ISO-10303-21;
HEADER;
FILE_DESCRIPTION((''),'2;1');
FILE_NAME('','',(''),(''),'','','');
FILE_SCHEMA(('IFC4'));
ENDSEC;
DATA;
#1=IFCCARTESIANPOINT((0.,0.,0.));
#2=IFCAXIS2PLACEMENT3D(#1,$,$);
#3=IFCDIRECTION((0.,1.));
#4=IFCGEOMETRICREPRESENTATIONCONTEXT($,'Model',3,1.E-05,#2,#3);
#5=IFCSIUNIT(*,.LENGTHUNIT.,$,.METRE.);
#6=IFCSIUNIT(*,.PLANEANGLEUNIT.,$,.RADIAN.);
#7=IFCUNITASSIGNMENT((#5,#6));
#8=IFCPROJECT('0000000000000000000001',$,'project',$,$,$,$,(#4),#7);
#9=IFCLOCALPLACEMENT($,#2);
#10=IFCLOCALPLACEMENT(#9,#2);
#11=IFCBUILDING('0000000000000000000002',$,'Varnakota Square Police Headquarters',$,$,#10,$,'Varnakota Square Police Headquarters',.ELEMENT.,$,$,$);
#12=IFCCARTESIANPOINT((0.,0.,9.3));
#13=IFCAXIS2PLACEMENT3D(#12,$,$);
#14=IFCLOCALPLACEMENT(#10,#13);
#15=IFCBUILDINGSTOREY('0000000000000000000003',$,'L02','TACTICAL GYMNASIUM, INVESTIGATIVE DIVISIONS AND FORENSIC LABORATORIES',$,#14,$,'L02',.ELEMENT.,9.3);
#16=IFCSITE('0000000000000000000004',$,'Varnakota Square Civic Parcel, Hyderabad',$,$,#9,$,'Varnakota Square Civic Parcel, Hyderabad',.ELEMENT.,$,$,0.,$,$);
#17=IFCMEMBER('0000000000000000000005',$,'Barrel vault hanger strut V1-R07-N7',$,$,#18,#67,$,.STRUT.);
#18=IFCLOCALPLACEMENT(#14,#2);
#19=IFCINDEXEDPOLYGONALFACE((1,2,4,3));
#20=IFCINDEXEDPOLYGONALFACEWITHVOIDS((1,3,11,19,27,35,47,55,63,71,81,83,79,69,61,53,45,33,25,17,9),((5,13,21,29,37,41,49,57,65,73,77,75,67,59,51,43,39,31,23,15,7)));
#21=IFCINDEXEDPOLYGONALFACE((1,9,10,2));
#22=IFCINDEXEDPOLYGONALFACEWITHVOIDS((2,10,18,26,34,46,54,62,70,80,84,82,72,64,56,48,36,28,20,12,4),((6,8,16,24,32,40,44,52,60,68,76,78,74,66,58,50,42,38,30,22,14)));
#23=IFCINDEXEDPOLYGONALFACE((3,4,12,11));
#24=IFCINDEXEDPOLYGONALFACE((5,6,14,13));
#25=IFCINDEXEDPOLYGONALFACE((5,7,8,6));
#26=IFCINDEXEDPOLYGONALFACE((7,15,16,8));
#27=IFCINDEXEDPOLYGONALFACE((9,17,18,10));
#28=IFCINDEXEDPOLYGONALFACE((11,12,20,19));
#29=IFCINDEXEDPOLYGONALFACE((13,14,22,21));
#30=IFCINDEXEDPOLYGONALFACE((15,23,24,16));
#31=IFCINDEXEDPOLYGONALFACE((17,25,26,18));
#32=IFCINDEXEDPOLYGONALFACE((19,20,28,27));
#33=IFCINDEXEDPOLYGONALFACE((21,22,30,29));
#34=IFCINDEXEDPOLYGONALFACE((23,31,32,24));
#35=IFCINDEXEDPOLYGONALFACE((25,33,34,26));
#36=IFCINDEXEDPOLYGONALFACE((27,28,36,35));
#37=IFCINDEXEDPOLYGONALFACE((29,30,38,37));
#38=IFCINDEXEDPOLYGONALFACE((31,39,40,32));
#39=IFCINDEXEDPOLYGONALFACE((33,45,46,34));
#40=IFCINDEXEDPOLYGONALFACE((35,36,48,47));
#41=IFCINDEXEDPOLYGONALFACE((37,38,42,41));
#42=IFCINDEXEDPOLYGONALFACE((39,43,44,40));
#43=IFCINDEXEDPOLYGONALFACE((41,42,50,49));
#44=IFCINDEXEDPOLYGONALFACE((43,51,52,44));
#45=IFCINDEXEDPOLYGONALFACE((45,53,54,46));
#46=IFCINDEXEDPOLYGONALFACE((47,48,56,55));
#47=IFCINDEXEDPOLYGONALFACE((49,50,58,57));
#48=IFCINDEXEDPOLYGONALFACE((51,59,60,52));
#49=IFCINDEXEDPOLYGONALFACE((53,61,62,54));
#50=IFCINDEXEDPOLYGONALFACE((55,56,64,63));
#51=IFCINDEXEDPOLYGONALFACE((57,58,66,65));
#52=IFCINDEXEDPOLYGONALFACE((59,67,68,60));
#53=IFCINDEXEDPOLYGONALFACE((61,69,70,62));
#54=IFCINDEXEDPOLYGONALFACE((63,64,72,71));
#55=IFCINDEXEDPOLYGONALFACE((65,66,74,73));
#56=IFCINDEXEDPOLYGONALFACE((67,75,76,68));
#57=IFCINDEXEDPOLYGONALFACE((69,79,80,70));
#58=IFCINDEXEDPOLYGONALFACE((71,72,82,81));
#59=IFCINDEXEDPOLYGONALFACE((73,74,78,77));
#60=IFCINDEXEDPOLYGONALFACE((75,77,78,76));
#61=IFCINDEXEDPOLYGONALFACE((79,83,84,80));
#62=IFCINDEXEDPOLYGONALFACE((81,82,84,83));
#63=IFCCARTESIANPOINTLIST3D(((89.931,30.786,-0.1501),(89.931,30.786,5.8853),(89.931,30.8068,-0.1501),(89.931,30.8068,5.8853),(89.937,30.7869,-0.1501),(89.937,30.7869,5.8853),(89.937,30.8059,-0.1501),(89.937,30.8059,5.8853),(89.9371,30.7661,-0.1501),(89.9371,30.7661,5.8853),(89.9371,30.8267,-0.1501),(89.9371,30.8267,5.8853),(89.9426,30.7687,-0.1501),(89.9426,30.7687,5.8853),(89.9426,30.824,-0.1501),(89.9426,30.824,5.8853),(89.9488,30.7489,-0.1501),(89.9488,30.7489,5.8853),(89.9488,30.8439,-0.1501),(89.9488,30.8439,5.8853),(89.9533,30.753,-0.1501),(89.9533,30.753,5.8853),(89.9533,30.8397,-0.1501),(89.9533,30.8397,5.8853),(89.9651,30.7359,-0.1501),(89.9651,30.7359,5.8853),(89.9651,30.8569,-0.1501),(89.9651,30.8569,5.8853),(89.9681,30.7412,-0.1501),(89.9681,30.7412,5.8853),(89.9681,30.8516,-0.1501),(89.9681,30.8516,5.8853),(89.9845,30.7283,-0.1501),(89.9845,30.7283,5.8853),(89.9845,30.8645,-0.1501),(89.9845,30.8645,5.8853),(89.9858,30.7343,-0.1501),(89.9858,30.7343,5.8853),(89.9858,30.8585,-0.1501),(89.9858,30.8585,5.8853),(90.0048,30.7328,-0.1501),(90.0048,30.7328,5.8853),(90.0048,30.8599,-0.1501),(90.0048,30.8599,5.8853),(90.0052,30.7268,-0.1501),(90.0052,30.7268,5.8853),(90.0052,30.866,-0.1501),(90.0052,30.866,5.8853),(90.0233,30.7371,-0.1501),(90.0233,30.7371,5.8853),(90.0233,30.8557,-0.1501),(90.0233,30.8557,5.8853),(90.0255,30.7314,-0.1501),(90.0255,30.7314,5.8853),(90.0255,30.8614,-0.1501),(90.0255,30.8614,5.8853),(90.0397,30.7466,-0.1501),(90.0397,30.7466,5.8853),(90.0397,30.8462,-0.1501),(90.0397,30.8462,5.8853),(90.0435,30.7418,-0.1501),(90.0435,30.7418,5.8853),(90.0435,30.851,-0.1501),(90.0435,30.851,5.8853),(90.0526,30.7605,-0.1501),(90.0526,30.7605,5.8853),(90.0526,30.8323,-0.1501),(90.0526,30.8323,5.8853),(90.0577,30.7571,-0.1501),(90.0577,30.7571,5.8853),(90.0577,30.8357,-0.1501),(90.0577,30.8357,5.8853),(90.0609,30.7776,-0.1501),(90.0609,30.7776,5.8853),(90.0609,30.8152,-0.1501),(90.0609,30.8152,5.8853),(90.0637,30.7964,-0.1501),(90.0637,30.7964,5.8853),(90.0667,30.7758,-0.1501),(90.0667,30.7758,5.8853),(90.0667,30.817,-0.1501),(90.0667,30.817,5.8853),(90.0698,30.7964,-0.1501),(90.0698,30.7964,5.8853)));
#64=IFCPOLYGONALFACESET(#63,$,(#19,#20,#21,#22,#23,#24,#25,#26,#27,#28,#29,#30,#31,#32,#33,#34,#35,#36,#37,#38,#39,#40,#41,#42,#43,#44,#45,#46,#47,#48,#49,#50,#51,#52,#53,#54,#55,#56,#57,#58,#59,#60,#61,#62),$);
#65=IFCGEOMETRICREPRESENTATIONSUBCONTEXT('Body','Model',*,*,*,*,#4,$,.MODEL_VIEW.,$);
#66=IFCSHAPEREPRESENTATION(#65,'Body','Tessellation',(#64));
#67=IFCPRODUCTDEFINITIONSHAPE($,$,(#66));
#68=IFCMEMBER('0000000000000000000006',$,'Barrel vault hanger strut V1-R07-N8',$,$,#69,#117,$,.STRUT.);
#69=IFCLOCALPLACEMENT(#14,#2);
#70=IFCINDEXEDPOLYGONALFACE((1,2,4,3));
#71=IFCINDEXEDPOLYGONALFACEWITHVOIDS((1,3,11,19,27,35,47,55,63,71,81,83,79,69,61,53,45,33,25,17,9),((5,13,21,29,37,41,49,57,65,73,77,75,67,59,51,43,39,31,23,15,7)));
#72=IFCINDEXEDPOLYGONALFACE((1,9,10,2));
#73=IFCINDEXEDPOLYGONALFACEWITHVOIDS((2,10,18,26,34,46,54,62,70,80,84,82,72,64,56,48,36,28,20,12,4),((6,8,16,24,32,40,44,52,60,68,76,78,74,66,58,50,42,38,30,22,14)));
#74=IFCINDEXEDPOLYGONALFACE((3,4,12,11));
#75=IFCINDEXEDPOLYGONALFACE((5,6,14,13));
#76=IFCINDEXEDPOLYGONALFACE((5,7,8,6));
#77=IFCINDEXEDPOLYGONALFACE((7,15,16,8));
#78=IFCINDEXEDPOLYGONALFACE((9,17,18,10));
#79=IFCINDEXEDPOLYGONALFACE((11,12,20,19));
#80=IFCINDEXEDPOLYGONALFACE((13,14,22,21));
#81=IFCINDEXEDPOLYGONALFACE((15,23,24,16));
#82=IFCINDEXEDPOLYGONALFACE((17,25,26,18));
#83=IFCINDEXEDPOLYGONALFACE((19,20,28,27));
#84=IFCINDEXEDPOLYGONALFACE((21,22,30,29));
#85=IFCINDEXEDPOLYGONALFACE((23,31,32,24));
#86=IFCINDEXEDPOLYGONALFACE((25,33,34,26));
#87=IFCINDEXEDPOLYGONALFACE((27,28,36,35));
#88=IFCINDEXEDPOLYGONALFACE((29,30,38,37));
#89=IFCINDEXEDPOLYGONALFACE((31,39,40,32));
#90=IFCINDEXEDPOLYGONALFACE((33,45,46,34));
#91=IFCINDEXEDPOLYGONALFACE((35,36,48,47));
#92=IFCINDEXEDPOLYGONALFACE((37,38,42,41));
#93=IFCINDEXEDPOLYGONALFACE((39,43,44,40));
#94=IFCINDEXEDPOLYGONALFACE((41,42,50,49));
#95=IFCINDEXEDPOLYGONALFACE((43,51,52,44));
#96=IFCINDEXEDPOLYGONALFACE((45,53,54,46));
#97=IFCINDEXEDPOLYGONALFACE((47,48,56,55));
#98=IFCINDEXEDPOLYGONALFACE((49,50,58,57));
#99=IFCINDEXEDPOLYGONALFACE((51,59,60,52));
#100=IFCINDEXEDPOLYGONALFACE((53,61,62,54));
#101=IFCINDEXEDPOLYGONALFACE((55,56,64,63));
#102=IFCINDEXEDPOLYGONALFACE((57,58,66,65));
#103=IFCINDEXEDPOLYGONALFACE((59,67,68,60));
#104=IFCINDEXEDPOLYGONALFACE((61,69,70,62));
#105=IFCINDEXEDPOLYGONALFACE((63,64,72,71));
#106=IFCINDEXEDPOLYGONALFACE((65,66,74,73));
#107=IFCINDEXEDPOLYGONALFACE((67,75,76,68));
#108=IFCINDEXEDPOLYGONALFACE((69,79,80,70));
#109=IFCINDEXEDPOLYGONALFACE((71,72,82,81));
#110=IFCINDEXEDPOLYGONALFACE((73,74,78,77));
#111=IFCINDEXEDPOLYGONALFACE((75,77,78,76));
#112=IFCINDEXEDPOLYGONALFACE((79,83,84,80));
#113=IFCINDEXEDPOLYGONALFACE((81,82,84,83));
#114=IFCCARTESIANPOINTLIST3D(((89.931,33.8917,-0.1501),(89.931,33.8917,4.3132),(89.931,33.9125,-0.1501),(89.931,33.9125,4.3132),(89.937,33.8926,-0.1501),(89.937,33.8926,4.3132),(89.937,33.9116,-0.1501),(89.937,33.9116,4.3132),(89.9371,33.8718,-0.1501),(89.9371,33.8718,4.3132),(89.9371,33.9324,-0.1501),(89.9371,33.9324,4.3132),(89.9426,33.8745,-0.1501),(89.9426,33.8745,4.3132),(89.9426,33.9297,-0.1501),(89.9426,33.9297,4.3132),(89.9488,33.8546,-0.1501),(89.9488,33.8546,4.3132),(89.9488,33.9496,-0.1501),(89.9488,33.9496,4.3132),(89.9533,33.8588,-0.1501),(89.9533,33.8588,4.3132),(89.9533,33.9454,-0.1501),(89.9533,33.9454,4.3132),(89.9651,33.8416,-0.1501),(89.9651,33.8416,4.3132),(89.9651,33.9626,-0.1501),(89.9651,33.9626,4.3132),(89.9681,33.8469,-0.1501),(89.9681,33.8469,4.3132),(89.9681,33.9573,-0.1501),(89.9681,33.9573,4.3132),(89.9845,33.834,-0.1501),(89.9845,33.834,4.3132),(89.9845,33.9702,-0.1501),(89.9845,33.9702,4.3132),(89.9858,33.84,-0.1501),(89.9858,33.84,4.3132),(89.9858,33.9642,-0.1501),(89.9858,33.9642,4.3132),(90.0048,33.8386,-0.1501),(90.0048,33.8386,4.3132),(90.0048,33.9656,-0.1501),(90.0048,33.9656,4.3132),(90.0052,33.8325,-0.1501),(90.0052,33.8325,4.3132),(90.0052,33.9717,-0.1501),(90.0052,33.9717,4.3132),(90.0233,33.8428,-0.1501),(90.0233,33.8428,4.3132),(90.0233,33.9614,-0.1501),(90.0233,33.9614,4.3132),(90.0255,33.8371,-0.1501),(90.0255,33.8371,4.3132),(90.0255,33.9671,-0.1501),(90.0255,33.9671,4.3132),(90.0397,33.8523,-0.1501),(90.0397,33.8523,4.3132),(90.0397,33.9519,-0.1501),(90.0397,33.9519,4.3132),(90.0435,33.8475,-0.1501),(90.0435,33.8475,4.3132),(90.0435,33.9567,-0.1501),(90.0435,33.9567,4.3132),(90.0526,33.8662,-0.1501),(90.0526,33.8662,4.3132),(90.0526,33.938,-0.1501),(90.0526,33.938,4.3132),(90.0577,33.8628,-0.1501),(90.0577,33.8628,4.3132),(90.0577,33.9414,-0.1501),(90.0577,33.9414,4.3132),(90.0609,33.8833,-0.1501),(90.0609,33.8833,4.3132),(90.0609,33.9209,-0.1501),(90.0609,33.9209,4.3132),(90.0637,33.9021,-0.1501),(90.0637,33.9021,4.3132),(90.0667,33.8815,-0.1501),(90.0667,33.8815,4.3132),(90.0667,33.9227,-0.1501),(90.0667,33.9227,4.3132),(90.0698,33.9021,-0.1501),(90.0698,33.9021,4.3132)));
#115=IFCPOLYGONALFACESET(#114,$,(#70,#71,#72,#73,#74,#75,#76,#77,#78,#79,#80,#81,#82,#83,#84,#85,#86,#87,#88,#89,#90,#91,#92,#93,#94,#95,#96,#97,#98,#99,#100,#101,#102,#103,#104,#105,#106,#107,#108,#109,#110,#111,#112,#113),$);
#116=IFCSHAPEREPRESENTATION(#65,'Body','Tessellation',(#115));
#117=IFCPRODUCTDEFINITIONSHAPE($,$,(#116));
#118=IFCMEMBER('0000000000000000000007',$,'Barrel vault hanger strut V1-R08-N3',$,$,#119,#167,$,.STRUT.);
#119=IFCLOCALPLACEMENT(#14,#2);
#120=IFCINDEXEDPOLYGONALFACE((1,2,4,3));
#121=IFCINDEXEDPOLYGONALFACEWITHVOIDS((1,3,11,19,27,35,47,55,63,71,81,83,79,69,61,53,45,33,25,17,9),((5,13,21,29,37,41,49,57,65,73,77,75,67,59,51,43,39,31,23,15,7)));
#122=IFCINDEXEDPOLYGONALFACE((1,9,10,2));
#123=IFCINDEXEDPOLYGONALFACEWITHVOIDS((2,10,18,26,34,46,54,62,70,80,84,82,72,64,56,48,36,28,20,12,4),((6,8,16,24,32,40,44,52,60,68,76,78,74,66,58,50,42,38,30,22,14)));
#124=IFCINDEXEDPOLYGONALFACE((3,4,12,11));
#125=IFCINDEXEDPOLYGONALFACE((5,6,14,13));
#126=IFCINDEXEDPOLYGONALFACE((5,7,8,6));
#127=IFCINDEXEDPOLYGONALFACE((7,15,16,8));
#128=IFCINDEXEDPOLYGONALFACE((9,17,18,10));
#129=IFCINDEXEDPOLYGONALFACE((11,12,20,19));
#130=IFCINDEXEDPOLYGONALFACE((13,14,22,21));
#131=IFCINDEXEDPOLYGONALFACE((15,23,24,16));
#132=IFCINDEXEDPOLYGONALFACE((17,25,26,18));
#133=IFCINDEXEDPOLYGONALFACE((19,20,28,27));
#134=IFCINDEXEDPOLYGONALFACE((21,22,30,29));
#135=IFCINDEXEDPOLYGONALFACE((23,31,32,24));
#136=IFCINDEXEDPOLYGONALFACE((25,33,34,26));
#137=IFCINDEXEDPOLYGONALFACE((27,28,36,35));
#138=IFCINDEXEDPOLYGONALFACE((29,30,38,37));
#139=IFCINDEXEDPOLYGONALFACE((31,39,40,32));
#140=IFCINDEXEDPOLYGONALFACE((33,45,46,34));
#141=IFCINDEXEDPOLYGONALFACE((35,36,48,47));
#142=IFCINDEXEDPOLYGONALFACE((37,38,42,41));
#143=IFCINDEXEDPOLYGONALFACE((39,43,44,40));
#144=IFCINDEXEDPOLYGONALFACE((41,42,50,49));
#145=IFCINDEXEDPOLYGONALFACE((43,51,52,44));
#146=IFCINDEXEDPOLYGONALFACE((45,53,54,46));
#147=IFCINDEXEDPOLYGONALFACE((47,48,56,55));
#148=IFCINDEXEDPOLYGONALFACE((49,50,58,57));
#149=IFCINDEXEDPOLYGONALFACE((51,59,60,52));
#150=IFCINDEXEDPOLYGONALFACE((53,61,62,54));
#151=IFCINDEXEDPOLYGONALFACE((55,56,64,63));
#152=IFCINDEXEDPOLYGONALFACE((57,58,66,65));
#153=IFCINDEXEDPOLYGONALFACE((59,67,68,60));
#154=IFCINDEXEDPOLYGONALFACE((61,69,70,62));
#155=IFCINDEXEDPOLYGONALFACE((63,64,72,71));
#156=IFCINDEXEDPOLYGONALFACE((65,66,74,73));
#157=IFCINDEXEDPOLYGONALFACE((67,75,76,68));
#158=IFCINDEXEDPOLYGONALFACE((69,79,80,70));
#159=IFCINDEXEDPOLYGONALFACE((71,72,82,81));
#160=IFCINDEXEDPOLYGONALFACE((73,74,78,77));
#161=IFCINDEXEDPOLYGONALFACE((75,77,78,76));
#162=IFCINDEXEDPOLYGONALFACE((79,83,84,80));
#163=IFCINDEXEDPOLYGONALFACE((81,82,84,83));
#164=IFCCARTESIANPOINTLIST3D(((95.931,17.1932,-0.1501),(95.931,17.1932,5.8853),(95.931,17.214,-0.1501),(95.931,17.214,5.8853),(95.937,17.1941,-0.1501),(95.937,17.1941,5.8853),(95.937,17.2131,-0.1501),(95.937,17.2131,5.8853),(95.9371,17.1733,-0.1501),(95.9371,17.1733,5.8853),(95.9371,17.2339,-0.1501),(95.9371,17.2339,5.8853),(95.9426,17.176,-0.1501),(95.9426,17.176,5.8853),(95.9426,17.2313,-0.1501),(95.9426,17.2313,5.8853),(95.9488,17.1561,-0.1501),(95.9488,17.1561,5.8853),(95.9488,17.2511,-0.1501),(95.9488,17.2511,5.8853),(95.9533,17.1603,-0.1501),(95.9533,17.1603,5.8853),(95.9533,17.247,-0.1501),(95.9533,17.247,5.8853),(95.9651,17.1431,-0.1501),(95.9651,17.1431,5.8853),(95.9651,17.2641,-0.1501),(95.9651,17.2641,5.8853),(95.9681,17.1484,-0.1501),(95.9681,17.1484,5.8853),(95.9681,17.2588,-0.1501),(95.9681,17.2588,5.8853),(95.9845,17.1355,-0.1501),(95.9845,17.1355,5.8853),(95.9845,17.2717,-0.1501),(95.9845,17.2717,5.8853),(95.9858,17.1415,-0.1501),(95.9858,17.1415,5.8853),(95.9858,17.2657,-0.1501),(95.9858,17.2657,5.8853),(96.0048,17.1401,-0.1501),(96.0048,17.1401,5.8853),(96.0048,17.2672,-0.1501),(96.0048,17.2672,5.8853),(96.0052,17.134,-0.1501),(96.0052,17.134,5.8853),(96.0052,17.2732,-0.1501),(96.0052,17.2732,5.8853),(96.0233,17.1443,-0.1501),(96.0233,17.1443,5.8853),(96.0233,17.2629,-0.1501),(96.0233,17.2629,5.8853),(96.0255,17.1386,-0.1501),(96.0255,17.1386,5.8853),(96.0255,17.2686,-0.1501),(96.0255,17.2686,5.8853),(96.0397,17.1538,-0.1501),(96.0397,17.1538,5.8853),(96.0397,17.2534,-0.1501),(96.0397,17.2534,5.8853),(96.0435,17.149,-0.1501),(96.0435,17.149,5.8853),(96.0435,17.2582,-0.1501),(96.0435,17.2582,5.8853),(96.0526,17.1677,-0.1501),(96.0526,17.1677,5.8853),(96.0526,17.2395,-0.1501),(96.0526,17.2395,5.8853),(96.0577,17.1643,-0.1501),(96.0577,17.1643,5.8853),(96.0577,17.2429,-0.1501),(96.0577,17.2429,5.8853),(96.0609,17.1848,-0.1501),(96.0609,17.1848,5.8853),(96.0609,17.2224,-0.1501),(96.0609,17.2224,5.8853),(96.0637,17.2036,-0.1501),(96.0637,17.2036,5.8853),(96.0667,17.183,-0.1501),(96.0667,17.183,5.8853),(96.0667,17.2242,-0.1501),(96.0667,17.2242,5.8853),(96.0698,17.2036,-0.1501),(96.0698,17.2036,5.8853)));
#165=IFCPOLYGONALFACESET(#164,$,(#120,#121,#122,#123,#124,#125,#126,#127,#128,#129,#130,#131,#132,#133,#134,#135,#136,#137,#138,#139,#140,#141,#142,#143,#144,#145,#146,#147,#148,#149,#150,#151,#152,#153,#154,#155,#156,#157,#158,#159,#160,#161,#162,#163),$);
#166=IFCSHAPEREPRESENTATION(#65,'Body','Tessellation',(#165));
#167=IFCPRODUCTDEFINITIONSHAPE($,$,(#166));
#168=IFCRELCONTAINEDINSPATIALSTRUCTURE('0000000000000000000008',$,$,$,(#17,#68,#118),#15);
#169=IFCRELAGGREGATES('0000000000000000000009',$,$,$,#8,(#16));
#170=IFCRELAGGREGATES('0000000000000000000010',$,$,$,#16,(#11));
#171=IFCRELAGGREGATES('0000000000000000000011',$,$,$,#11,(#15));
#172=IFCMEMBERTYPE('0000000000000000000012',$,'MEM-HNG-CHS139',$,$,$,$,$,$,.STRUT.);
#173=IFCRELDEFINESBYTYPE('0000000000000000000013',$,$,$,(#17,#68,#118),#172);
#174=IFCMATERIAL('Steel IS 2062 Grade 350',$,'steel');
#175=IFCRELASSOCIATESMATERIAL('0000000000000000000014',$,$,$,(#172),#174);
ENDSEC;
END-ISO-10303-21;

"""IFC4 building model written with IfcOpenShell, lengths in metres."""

from ifc_helpers import new_model, si_unit, direction, frame, origin, origin_2d, place, context, subcontext, project, spatial, hollow_circle, extrude, material, material_profile, profile_set, type_object, element, save


model = new_model("IFC4")

# Units and contexts
model_context = context("Model", 3, precision=1e-05, world=origin(), true_north=direction((0.0, 1.0)))
body_context = subcontext(model_context, "Body", "Model", "MODEL_VIEW")
ifc_project = project(units=[si_unit("LENGTHUNIT", "METRE"), si_unit("PLANEANGLEUNIT", "RADIAN")], contexts=[model_context])

# Site, building, storey
site_placement = place(None, origin())
site = spatial("IfcSite", under=ifc_project, at=site_placement, Name="Varnakota Square Civic Parcel, Hyderabad", LongName="Varnakota Square Civic Parcel, Hyderabad", CompositionType="ELEMENT", RefElevation=0.0)
building_placement = place(site_placement, origin())
building = spatial("IfcBuilding", under=site, at=building_placement, Name="Varnakota Square Police Headquarters", LongName="Varnakota Square Police Headquarters", CompositionType="ELEMENT")
storey_placement = place(building_placement, frame((0.0, 0.0, 9.3)))
storey = spatial("IfcBuildingStorey", under=building, at=storey_placement, Name="L02", Description="TACTICAL GYMNASIUM, INVESTIGATIVE DIVISIONS AND FORENSIC LABORATORIES", LongName="L02", CompositionType="ELEMENT", Elevation=9.3)

# Shared definitions
ifc_material_1 = material(Name="Steel IS 2062 Grade 350", Category="steel")

# Members
ifc_material_profile_1 = material_profile(ifc_material_1, hollow_circle(Radius=0.0698, WallThickness=0.0061, at=origin_2d()), Name="CHS 139.7x6.0")
ifc_profile_set_1 = profile_set([ifc_material_profile_1], Name="Steel IS 2062 Grade 350")
member_type_1 = type_object("IfcMemberType", Name="MEM-HNG-CHS139", PredefinedType="STRUT", material=ifc_profile_set_1)
member_1_placement = place(storey_placement, frame((90.0, 30.7964, -0.1501), z_axis=(0.0, 0.0, 1.0), x_axis=(1.0, 0.0, 0.0)))
element("IfcMember", 1, at=member_1_placement, inside=storey, type_object=member_type_1, Name="Barrel vault hanger strut V1-R07-N7", PredefinedType="STRUT", context=body_context, shape_type="SweptSolid", body=[
    extrude(hollow_circle(Radius=0.0698, WallThickness=0.0061, at=origin_2d()), origin(), (0.0, 0.0, 1.0), 6.0354),
])
member_2_placement = place(storey_placement, frame((90.0, 33.9021, -0.1501), z_axis=(0.0, 0.0, 1.0), x_axis=(1.0, 0.0, 0.0)))
element("IfcMember", 2, at=member_2_placement, inside=storey, type_object=member_type_1, Name="Barrel vault hanger strut V1-R07-N8", PredefinedType="STRUT", context=body_context, shape_type="SweptSolid", body=[
    extrude(hollow_circle(Radius=0.0698, WallThickness=0.0061, at=origin_2d()), origin(), (0.0, 0.0, 1.0), 4.4634),
])
member_3_placement = place(storey_placement, frame((96.0, 17.2036, -0.1501), z_axis=(0.0, 0.0, 1.0), x_axis=(1.0, 0.0, 0.0)))
element("IfcMember", 3, at=member_3_placement, inside=storey, type_object=member_type_1, Name="Barrel vault hanger strut V1-R08-N3", PredefinedType="STRUT", context=body_context, shape_type="SweptSolid", body=[
    extrude(hollow_circle(Radius=0.0698, WallThickness=0.0061, at=origin_2d()), origin(), (0.0, 0.0, 1.0), 6.0354),
])

save(model, "model.ifc")
